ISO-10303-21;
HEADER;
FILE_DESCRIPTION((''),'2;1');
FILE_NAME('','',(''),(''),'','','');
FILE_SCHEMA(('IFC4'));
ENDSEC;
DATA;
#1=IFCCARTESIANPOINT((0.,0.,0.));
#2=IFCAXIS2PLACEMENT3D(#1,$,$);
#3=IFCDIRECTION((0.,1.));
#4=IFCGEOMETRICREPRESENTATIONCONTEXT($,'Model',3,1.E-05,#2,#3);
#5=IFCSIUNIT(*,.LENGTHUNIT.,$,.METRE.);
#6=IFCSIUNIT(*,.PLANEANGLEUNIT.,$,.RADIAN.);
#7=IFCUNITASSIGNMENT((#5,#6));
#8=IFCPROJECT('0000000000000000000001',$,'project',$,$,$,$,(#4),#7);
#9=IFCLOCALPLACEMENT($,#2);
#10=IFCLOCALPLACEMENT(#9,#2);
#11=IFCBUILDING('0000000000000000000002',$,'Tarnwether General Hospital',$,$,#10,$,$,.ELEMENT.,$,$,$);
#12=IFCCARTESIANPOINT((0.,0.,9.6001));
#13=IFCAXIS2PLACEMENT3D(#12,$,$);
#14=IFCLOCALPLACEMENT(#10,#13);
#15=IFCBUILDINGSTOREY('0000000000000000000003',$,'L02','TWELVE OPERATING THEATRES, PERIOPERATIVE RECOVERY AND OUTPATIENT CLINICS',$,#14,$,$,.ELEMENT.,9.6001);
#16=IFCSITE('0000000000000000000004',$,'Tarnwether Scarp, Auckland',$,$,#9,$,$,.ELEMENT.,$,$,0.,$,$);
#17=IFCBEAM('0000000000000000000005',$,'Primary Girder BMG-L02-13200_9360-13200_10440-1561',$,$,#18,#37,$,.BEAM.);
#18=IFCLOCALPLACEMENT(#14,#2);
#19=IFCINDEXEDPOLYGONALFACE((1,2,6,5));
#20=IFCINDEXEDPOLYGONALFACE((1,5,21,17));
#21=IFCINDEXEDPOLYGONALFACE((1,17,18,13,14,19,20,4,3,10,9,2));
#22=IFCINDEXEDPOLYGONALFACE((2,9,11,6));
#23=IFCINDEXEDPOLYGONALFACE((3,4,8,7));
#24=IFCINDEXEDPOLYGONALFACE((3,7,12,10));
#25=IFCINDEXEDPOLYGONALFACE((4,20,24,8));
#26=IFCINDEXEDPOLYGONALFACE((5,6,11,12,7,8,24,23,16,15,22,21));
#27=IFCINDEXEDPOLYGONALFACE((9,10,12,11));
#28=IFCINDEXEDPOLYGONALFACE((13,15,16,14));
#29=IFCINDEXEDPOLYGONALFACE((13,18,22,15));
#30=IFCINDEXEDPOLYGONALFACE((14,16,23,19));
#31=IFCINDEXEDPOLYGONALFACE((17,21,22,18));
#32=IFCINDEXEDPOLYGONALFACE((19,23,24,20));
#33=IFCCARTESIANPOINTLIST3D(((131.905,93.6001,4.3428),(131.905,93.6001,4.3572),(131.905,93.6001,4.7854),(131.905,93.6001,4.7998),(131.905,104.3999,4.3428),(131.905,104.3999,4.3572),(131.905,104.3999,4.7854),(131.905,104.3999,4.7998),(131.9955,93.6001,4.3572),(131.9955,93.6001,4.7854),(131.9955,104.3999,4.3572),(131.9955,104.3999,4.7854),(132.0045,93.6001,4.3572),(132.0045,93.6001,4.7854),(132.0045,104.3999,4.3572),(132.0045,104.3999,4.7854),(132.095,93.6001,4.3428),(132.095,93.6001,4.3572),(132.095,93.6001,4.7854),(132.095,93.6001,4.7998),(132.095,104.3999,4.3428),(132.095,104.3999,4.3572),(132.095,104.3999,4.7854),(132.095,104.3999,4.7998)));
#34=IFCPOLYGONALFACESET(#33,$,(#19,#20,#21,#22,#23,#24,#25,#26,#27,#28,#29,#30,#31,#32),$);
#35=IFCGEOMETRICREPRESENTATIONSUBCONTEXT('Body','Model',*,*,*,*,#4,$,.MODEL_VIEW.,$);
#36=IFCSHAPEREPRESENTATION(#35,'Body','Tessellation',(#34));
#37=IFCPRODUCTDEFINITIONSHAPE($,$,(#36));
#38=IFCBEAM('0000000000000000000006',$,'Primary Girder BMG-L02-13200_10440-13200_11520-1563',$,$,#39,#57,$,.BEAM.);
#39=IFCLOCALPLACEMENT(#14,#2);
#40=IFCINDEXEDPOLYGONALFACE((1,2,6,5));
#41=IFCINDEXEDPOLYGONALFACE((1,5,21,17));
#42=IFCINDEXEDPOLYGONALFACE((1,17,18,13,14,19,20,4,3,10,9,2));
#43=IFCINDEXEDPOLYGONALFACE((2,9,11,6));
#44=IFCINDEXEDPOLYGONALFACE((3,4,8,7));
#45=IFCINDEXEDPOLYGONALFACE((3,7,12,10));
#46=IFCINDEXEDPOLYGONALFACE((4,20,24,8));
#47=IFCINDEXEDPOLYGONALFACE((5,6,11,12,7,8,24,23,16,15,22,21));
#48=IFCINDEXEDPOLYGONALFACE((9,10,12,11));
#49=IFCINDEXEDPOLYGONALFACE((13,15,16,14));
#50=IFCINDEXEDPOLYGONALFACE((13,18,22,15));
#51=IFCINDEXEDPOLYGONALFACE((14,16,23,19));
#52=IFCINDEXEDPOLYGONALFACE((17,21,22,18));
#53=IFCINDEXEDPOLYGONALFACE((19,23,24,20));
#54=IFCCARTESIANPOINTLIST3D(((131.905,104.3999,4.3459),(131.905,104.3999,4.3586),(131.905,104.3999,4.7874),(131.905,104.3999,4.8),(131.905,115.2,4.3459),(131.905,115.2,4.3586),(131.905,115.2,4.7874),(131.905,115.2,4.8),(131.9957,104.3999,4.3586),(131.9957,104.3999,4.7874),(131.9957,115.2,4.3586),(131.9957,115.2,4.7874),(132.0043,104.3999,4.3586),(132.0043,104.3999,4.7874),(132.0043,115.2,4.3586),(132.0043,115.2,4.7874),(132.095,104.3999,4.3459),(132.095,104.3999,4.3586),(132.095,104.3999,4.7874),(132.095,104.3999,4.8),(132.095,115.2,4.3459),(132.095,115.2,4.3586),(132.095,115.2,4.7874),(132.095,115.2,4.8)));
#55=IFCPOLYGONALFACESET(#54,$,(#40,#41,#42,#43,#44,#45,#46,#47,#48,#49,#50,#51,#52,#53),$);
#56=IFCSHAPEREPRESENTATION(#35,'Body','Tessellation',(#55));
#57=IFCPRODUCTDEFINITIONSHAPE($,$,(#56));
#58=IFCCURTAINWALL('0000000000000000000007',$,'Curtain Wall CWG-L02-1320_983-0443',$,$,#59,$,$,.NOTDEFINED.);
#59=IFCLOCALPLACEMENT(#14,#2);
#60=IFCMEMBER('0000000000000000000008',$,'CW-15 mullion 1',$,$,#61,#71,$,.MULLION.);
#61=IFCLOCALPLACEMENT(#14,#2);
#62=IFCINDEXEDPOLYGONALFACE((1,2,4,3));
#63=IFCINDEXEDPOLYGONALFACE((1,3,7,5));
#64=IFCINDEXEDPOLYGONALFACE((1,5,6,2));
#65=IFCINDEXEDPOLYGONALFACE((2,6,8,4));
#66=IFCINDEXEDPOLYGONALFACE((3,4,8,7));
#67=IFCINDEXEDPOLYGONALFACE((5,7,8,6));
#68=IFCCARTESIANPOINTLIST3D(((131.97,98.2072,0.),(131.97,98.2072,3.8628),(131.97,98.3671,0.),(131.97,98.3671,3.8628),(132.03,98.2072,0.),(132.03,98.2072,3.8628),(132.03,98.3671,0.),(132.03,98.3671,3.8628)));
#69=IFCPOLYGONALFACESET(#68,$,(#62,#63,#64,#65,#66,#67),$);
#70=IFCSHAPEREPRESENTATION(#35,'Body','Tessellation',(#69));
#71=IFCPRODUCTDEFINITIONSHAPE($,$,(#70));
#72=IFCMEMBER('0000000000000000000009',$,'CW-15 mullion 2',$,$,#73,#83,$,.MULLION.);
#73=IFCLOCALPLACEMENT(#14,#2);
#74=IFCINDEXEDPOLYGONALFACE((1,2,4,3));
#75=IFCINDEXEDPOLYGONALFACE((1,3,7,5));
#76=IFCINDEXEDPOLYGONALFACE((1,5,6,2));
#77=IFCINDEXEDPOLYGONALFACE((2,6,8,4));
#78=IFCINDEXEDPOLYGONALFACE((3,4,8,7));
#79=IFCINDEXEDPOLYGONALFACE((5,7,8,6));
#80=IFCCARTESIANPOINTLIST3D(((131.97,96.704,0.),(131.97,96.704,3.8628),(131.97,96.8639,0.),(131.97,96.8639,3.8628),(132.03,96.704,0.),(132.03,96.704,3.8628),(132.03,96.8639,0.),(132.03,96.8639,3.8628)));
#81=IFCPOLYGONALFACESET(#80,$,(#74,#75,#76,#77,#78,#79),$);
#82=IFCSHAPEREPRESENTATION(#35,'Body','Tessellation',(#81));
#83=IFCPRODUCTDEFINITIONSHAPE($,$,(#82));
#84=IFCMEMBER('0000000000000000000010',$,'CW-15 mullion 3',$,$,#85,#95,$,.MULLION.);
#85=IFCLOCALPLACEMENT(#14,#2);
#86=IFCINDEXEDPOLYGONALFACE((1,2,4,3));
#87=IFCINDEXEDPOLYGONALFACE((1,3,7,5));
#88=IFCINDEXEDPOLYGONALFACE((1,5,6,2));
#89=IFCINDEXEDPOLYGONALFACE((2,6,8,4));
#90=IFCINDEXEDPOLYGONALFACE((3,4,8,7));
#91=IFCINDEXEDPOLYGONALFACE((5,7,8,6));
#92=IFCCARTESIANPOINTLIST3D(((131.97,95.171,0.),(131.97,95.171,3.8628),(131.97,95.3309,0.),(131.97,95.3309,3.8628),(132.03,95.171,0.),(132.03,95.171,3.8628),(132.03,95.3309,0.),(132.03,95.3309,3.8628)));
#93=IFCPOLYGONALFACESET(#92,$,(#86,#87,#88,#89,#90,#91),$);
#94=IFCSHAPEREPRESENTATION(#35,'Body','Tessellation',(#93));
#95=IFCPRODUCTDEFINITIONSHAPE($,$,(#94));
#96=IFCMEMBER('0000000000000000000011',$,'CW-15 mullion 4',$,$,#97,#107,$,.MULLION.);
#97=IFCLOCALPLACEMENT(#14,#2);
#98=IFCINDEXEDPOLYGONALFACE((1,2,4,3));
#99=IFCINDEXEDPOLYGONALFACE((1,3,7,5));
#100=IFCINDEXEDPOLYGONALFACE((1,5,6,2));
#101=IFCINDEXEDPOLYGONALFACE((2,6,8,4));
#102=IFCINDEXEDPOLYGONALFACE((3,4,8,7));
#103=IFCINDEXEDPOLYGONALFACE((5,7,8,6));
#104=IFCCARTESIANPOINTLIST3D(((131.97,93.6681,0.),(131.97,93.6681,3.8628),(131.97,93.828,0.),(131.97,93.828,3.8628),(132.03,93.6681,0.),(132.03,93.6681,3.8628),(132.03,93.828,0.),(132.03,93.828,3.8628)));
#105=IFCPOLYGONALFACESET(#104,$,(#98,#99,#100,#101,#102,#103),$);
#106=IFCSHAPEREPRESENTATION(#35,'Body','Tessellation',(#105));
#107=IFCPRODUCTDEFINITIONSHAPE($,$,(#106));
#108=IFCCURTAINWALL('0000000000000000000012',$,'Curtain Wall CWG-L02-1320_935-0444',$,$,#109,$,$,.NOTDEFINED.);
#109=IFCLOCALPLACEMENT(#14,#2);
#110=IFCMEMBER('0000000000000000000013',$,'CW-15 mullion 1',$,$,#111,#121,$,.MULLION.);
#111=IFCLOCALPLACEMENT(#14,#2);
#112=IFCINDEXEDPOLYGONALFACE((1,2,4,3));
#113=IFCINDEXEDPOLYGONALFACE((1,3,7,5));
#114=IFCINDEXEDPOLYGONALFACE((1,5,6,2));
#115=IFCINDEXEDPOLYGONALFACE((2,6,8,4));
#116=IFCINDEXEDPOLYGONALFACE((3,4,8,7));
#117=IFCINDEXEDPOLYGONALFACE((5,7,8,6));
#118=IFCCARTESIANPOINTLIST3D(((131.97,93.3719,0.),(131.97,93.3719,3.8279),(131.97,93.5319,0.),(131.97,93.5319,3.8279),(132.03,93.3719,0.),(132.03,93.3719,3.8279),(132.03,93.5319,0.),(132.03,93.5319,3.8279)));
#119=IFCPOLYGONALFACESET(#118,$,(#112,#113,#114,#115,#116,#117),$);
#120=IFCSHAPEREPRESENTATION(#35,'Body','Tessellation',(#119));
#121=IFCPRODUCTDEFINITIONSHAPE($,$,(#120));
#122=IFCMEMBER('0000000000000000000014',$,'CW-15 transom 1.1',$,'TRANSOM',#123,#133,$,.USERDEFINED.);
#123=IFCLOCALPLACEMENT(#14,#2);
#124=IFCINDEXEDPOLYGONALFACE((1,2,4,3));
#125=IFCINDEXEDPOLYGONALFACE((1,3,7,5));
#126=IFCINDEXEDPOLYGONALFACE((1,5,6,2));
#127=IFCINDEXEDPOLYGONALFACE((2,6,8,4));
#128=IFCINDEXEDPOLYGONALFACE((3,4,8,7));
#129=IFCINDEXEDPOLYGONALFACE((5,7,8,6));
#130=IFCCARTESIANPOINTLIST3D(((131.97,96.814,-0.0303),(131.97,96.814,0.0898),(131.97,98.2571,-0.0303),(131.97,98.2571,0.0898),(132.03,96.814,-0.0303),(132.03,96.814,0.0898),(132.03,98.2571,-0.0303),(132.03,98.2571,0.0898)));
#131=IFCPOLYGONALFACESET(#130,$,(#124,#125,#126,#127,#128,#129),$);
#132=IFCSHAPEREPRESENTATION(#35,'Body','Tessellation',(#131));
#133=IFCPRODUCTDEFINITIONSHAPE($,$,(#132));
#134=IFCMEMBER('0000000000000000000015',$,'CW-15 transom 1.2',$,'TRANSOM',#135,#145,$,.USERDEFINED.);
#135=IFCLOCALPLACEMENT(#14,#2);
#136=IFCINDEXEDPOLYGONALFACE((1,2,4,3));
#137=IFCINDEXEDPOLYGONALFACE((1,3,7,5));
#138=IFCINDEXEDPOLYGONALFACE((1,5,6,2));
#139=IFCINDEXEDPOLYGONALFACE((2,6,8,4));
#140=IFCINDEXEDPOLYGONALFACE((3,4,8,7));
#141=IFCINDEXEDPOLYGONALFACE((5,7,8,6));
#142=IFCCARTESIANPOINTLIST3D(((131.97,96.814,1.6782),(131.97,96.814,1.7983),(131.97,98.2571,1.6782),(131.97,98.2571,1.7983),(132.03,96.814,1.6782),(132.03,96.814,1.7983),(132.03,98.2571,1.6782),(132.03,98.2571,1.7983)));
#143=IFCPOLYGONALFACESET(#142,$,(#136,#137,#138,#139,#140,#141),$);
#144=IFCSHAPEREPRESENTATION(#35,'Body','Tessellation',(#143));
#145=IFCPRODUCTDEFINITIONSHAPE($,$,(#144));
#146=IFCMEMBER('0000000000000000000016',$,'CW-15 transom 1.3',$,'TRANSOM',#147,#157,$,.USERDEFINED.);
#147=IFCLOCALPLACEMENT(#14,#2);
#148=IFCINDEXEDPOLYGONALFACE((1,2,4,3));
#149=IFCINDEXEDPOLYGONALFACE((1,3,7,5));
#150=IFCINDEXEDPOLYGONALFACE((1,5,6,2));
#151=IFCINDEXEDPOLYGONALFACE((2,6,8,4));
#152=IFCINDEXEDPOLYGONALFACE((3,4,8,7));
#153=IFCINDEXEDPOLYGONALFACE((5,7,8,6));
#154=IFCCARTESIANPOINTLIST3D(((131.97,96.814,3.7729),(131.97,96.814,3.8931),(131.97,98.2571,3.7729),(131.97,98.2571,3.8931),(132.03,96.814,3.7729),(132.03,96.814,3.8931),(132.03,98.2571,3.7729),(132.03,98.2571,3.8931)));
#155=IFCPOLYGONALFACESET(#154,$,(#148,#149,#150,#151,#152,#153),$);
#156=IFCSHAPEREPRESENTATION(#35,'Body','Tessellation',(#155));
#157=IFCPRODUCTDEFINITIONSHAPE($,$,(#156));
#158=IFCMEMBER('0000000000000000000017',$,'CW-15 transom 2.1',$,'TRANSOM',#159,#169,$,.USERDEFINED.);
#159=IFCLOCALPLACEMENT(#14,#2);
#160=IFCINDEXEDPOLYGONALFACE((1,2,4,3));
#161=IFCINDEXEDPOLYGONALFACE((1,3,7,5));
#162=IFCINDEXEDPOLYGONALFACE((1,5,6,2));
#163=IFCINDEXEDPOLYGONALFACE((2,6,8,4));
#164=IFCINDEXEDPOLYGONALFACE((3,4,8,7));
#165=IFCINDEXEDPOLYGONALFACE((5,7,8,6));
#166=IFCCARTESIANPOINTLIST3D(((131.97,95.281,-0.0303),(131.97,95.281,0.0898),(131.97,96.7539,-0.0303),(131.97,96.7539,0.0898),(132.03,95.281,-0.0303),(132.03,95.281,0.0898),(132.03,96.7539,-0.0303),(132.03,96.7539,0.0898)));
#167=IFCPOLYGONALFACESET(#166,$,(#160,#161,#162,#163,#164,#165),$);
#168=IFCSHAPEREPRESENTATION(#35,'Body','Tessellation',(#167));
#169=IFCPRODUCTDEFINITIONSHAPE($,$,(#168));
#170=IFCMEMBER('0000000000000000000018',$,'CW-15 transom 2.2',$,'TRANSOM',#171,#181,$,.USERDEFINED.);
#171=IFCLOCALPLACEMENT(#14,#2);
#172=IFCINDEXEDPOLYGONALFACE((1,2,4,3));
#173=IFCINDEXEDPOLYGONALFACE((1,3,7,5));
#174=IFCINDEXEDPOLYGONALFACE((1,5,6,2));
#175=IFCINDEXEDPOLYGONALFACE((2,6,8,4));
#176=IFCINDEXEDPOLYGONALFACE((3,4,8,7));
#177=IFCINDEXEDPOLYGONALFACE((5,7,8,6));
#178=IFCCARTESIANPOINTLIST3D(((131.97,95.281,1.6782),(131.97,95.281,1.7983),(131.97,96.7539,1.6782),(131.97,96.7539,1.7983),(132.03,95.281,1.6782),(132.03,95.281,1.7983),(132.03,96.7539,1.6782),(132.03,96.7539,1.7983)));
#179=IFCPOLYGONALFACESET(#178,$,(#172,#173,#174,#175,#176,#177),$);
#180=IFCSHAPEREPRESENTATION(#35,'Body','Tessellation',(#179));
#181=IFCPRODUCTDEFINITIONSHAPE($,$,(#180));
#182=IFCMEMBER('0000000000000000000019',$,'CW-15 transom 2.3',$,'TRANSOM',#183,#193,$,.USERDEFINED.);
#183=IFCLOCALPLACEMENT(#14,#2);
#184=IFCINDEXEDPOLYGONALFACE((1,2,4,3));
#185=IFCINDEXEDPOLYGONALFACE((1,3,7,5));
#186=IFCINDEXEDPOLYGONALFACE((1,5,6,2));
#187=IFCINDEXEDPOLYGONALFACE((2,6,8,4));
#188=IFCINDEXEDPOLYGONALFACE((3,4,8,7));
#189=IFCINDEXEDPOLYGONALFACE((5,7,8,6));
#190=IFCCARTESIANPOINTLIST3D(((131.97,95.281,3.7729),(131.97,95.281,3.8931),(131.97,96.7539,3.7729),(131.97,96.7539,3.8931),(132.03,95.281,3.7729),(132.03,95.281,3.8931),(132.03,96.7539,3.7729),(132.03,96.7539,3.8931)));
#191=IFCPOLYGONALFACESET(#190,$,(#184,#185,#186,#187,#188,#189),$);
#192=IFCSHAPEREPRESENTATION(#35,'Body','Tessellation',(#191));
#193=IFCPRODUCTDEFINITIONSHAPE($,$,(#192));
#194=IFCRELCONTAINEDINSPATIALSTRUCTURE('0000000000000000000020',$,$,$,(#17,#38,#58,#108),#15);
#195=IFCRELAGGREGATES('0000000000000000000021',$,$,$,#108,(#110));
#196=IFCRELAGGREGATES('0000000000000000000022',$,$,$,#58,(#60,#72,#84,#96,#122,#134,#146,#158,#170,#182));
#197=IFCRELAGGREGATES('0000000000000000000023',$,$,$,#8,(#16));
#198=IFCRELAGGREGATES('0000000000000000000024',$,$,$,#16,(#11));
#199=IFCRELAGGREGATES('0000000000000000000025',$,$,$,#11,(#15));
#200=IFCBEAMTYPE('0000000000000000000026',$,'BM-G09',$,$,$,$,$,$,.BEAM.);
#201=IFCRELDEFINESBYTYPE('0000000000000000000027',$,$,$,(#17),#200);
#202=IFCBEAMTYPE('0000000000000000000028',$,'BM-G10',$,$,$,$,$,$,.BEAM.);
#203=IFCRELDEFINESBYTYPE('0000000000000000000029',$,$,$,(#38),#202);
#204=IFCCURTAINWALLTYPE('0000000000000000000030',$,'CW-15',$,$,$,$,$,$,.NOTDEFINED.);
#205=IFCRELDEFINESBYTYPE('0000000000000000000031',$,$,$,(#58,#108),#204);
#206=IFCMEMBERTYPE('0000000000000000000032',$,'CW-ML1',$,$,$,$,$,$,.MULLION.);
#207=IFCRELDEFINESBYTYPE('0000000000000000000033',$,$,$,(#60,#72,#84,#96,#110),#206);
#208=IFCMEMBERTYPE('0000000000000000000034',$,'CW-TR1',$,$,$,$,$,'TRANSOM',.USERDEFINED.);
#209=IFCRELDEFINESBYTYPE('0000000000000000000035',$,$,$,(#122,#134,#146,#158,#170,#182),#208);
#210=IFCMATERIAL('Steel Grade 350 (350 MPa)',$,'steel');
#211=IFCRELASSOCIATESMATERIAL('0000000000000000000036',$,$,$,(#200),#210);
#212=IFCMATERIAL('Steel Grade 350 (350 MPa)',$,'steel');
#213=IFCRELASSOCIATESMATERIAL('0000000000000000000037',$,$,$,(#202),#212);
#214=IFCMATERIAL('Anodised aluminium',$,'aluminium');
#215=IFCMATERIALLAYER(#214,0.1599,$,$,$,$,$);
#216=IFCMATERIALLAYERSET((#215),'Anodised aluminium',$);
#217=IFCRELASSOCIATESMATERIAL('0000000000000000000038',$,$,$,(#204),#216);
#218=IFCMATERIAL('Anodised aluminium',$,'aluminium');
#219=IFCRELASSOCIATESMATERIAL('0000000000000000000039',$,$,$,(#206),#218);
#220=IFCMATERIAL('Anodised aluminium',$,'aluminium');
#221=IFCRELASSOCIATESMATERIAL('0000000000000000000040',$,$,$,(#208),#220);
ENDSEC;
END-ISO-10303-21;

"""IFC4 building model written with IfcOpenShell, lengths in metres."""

from ifc_helpers import new_model, si_unit, direction, frame, origin, origin_2d, place, context, subcontext, project, spatial, rectangle, i_section, extrude, material, layer, layer_set, material_profile, profile_set, type_object, element, aggregate, save


model = new_model("IFC4")

# Units and contexts
model_context = context("Model", 3, precision=1e-05, world=origin(), true_north=direction((0.0, 1.0)))
body_context = subcontext(model_context, "Body", "Model", "MODEL_VIEW")
ifc_project = project(units=[si_unit("LENGTHUNIT", "METRE"), si_unit("PLANEANGLEUNIT", "RADIAN")], contexts=[model_context])

# Site, building, storey
site_placement = place(None, origin())
site = spatial("IfcSite", under=ifc_project, at=site_placement, Name="Tarnwether Scarp, Auckland", CompositionType="ELEMENT", RefElevation=0.0)
building_placement = place(site_placement, origin())
building = spatial("IfcBuilding", under=site, at=building_placement, Name="Tarnwether General Hospital", CompositionType="ELEMENT")
storey_placement = place(building_placement, frame((0.0, 0.0, 9.6001)))
storey = spatial("IfcBuildingStorey", under=building, at=storey_placement, Name="L02", Description="TWELVE OPERATING THEATRES, PERIOPERATIVE RECOVERY AND OUTPATIENT CLINICS", CompositionType="ELEMENT", Elevation=9.6001)

# Beams
ifc_material_1 = material(Name="Steel Grade 350 (350 MPa)", Category="steel")
ifc_material_profile_1 = material_profile(ifc_material_1, i_section(OverallWidth=0.1899, OverallDepth=0.457, WebThickness=0.009, FlangeThickness=0.0144, at=origin_2d()), Name="460UB74.6")
ifc_profile_set_1 = profile_set([ifc_material_profile_1], Name="Steel Grade 350 (350 MPa)")
beam_type_1 = type_object("IfcBeamType", Name="BM-G09", PredefinedType="BEAM", material=ifc_profile_set_1)
beam_1_placement = place(storey_placement, frame((132.0, 93.6001, 4.5713), z_axis=(0.0, 1.0, 0.0), x_axis=(-1.0, 0.0, 0.0)))
element("IfcBeam", 1, at=beam_1_placement, inside=storey, type_object=beam_type_1, Name="Primary Girder BMG-L02-13200_9360-13200_10440-1561", PredefinedType="BEAM", context=body_context, shape_type="SweptSolid", body=[
    extrude(i_section(OverallWidth=0.1899, OverallDepth=0.457, WebThickness=0.009, FlangeThickness=0.0144, at=origin_2d()), origin(), (0.0, 0.0, 1.0), 10.7998),
])
ifc_material_2 = material(Name="Steel Grade 350 (350 MPa)", Category="steel")
ifc_material_profile_2 = material_profile(ifc_material_2, i_section(OverallWidth=0.1899, OverallDepth=0.4541, WebThickness=0.0085, FlangeThickness=0.0127, at=origin_2d()), Name="460UB67.1")
ifc_profile_set_2 = profile_set([ifc_material_profile_2], Name="Steel Grade 350 (350 MPa)")
beam_type_2 = type_object("IfcBeamType", Name="BM-G10", PredefinedType="BEAM", material=ifc_profile_set_2)
beam_2_placement = place(storey_placement, frame((132.0, 104.3999, 4.573), z_axis=(0.0, 1.0, 0.0), x_axis=(-1.0, 0.0, 0.0)))
element("IfcBeam", 2, at=beam_2_placement, inside=storey, type_object=beam_type_2, Name="Primary Girder BMG-L02-13200_10440-13200_11520-1563", PredefinedType="BEAM", context=body_context, shape_type="SweptSolid", body=[
    extrude(i_section(OverallWidth=0.1899, OverallDepth=0.4541, WebThickness=0.0085, FlangeThickness=0.0127, at=origin_2d()), origin(), (0.0, 0.0, 1.0), 10.8),
])

# Curtain wall, members
ifc_material_3 = material(Name="Anodised aluminium", Category="aluminium")
ifc_layer_1 = layer(ifc_material_3, 0.1599)
ifc_layer_set_1 = layer_set([ifc_layer_1], Name="Anodised aluminium")
curtain_wall_type = type_object("IfcCurtainWallType", Name="CW-15", PredefinedType="NOTDEFINED", material=ifc_layer_set_1)
curtain_wall_1_placement = place(storey_placement, origin())
curtain_wall_1 = element("IfcCurtainWall", 3, at=curtain_wall_1_placement, inside=storey, type_object=curtain_wall_type, Name="Curtain Wall CWG-L02-1320_983-0443", PredefinedType="NOTDEFINED")
ifc_material_4 = material(Name="Anodised aluminium", Category="aluminium")
ifc_material_profile_3 = material_profile(ifc_material_4, rectangle(XDim=0.0601, YDim=0.1599, at=origin_2d()), Name="ALU-MUL-60x160")
ifc_profile_set_3 = profile_set([ifc_material_profile_3], Name="Anodised aluminium")
member_type_1 = type_object("IfcMemberType", Name="CW-ML1", PredefinedType="MULLION", material=ifc_profile_set_3)
member_1_placement = place(storey_placement, frame((132.0, 98.2871, 0.0), z_axis=(0.0, 0.0, 1.0), x_axis=(1.0, 0.0, 0.0)))
member_1 = element("IfcMember", 4, at=member_1_placement, type_object=member_type_1, Name="CW-15 mullion 1", PredefinedType="MULLION", context=body_context, shape_type="SweptSolid", body=[
    extrude(rectangle(XDim=0.0601, YDim=0.1599, at=origin_2d()), origin(), (0.0, 0.0, 1.0), 3.8628),
])
member_2_placement = place(storey_placement, frame((132.0, 96.7839, 0.0), z_axis=(0.0, 0.0, 1.0), x_axis=(1.0, 0.0, 0.0)))
member_2 = element("IfcMember", 5, at=member_2_placement, type_object=member_type_1, Name="CW-15 mullion 2", PredefinedType="MULLION", context=body_context, shape_type="SweptSolid", body=[
    extrude(rectangle(XDim=0.0601, YDim=0.1599, at=origin_2d()), origin(), (0.0, 0.0, 1.0), 3.8628),
])
member_3_placement = place(storey_placement, frame((132.0, 95.251, 0.0), z_axis=(0.0, 0.0, 1.0), x_axis=(1.0, 0.0, 0.0)))
member_3 = element("IfcMember", 6, at=member_3_placement, type_object=member_type_1, Name="CW-15 mullion 3", PredefinedType="MULLION", context=body_context, shape_type="SweptSolid", body=[
    extrude(rectangle(XDim=0.0601, YDim=0.1599, at=origin_2d()), origin(), (0.0, 0.0, 1.0), 3.8628),
])
member_4_placement = place(storey_placement, frame((132.0, 93.748, 0.0), z_axis=(0.0, 0.0, 1.0), x_axis=(1.0, 0.0, 0.0)))
member_4 = element("IfcMember", 7, at=member_4_placement, type_object=member_type_1, Name="CW-15 mullion 4", PredefinedType="MULLION", context=body_context, shape_type="SweptSolid", body=[
    extrude(rectangle(XDim=0.0601, YDim=0.1599, at=origin_2d()), origin(), (0.0, 0.0, 1.0), 3.8628),
])

# Curtain wall, member
curtain_wall_2_placement = place(storey_placement, origin())
curtain_wall_2 = element("IfcCurtainWall", 8, at=curtain_wall_2_placement, inside=storey, type_object=curtain_wall_type, Name="Curtain Wall CWG-L02-1320_935-0444", PredefinedType="NOTDEFINED")
member_5_placement = place(storey_placement, frame((132.0, 93.4519, 0.0), z_axis=(0.0, 0.0, 1.0), x_axis=(1.0, 0.0, 0.0)))
member_5 = element("IfcMember", 9, at=member_5_placement, type_object=member_type_1, Name="CW-15 mullion 1", PredefinedType="MULLION", context=body_context, shape_type="SweptSolid", body=[
    extrude(rectangle(XDim=0.0601, YDim=0.1599, at=origin_2d()), origin(), (0.0, 0.0, 1.0), 3.8279),
])
aggregate(curtain_wall_2, [member_5])

# Members
ifc_material_5 = material(Name="Anodised aluminium", Category="aluminium")
ifc_material_profile_4 = material_profile(ifc_material_5, rectangle(XDim=0.0601, YDim=0.1201, at=origin_2d()), Name="ALU-TRN-60x120")
ifc_profile_set_4 = profile_set([ifc_material_profile_4], Name="Anodised aluminium")
member_type_2 = type_object("IfcMemberType", Name="CW-TR1", ElementType="TRANSOM", PredefinedType="USERDEFINED", material=ifc_profile_set_4)
member_6_placement = place(storey_placement, frame((132.0, 98.2571, 0.0298), z_axis=(0.0, -1.0, 0.0), x_axis=(1.0, 0.0, 0.0)))
member_6 = element("IfcMember", 10, at=member_6_placement, type_object=member_type_2, Name="CW-15 transom 1.1", ObjectType="TRANSOM", PredefinedType="USERDEFINED", context=body_context, shape_type="SweptSolid", body=[
    extrude(rectangle(XDim=0.0601, YDim=0.1201, at=origin_2d()), origin(), (0.0, 0.0, 1.0), 1.4431),
])
member_7_placement = place(storey_placement, frame((132.0, 98.2571, 1.7383), z_axis=(0.0, -1.0, 0.0), x_axis=(1.0, 0.0, 0.0)))
member_7 = element("IfcMember", 11, at=member_7_placement, type_object=member_type_2, Name="CW-15 transom 1.2", ObjectType="TRANSOM", PredefinedType="USERDEFINED", context=body_context, shape_type="SweptSolid", body=[
    extrude(rectangle(XDim=0.0601, YDim=0.1201, at=origin_2d()), origin(), (0.0, 0.0, 1.0), 1.4431),
])
member_8_placement = place(storey_placement, frame((132.0, 98.2571, 3.833), z_axis=(0.0, -1.0, 0.0), x_axis=(1.0, 0.0, 0.0)))
member_8 = element("IfcMember", 12, at=member_8_placement, type_object=member_type_2, Name="CW-15 transom 1.3", ObjectType="TRANSOM", PredefinedType="USERDEFINED", context=body_context, shape_type="SweptSolid", body=[
    extrude(rectangle(XDim=0.0601, YDim=0.1201, at=origin_2d()), origin(), (0.0, 0.0, 1.0), 1.4431),
])
member_9_placement = place(storey_placement, frame((132.0, 96.7539, 0.0298), z_axis=(0.0, -1.0, 0.0), x_axis=(1.0, 0.0, 0.0)))
member_9 = element("IfcMember", 13, at=member_9_placement, type_object=member_type_2, Name="CW-15 transom 2.1", ObjectType="TRANSOM", PredefinedType="USERDEFINED", context=body_context, shape_type="SweptSolid", body=[
    extrude(rectangle(XDim=0.0601, YDim=0.1201, at=origin_2d()), origin(), (0.0, 0.0, 1.0), 1.4729),
])
member_10_placement = place(storey_placement, frame((132.0, 96.7539, 1.7383), z_axis=(0.0, -1.0, 0.0), x_axis=(1.0, 0.0, 0.0)))
member_10 = element("IfcMember", 14, at=member_10_placement, type_object=member_type_2, Name="CW-15 transom 2.2", ObjectType="TRANSOM", PredefinedType="USERDEFINED", context=body_context, shape_type="SweptSolid", body=[
    extrude(rectangle(XDim=0.0601, YDim=0.1201, at=origin_2d()), origin(), (0.0, 0.0, 1.0), 1.4729),
])
member_11_placement = place(storey_placement, frame((132.0, 96.7539, 3.833), z_axis=(0.0, -1.0, 0.0), x_axis=(1.0, 0.0, 0.0)))
member_11 = element("IfcMember", 15, at=member_11_placement, type_object=member_type_2, Name="CW-15 transom 2.3", ObjectType="TRANSOM", PredefinedType="USERDEFINED", context=body_context, shape_type="SweptSolid", body=[
    extrude(rectangle(XDim=0.0601, YDim=0.1201, at=origin_2d()), origin(), (0.0, 0.0, 1.0), 1.4729),
])

aggregate(curtain_wall_1, [member_1, member_2, member_3, member_4, member_6, member_7, member_8, member_9, member_10, member_11])

save(model, "model.ifc")
